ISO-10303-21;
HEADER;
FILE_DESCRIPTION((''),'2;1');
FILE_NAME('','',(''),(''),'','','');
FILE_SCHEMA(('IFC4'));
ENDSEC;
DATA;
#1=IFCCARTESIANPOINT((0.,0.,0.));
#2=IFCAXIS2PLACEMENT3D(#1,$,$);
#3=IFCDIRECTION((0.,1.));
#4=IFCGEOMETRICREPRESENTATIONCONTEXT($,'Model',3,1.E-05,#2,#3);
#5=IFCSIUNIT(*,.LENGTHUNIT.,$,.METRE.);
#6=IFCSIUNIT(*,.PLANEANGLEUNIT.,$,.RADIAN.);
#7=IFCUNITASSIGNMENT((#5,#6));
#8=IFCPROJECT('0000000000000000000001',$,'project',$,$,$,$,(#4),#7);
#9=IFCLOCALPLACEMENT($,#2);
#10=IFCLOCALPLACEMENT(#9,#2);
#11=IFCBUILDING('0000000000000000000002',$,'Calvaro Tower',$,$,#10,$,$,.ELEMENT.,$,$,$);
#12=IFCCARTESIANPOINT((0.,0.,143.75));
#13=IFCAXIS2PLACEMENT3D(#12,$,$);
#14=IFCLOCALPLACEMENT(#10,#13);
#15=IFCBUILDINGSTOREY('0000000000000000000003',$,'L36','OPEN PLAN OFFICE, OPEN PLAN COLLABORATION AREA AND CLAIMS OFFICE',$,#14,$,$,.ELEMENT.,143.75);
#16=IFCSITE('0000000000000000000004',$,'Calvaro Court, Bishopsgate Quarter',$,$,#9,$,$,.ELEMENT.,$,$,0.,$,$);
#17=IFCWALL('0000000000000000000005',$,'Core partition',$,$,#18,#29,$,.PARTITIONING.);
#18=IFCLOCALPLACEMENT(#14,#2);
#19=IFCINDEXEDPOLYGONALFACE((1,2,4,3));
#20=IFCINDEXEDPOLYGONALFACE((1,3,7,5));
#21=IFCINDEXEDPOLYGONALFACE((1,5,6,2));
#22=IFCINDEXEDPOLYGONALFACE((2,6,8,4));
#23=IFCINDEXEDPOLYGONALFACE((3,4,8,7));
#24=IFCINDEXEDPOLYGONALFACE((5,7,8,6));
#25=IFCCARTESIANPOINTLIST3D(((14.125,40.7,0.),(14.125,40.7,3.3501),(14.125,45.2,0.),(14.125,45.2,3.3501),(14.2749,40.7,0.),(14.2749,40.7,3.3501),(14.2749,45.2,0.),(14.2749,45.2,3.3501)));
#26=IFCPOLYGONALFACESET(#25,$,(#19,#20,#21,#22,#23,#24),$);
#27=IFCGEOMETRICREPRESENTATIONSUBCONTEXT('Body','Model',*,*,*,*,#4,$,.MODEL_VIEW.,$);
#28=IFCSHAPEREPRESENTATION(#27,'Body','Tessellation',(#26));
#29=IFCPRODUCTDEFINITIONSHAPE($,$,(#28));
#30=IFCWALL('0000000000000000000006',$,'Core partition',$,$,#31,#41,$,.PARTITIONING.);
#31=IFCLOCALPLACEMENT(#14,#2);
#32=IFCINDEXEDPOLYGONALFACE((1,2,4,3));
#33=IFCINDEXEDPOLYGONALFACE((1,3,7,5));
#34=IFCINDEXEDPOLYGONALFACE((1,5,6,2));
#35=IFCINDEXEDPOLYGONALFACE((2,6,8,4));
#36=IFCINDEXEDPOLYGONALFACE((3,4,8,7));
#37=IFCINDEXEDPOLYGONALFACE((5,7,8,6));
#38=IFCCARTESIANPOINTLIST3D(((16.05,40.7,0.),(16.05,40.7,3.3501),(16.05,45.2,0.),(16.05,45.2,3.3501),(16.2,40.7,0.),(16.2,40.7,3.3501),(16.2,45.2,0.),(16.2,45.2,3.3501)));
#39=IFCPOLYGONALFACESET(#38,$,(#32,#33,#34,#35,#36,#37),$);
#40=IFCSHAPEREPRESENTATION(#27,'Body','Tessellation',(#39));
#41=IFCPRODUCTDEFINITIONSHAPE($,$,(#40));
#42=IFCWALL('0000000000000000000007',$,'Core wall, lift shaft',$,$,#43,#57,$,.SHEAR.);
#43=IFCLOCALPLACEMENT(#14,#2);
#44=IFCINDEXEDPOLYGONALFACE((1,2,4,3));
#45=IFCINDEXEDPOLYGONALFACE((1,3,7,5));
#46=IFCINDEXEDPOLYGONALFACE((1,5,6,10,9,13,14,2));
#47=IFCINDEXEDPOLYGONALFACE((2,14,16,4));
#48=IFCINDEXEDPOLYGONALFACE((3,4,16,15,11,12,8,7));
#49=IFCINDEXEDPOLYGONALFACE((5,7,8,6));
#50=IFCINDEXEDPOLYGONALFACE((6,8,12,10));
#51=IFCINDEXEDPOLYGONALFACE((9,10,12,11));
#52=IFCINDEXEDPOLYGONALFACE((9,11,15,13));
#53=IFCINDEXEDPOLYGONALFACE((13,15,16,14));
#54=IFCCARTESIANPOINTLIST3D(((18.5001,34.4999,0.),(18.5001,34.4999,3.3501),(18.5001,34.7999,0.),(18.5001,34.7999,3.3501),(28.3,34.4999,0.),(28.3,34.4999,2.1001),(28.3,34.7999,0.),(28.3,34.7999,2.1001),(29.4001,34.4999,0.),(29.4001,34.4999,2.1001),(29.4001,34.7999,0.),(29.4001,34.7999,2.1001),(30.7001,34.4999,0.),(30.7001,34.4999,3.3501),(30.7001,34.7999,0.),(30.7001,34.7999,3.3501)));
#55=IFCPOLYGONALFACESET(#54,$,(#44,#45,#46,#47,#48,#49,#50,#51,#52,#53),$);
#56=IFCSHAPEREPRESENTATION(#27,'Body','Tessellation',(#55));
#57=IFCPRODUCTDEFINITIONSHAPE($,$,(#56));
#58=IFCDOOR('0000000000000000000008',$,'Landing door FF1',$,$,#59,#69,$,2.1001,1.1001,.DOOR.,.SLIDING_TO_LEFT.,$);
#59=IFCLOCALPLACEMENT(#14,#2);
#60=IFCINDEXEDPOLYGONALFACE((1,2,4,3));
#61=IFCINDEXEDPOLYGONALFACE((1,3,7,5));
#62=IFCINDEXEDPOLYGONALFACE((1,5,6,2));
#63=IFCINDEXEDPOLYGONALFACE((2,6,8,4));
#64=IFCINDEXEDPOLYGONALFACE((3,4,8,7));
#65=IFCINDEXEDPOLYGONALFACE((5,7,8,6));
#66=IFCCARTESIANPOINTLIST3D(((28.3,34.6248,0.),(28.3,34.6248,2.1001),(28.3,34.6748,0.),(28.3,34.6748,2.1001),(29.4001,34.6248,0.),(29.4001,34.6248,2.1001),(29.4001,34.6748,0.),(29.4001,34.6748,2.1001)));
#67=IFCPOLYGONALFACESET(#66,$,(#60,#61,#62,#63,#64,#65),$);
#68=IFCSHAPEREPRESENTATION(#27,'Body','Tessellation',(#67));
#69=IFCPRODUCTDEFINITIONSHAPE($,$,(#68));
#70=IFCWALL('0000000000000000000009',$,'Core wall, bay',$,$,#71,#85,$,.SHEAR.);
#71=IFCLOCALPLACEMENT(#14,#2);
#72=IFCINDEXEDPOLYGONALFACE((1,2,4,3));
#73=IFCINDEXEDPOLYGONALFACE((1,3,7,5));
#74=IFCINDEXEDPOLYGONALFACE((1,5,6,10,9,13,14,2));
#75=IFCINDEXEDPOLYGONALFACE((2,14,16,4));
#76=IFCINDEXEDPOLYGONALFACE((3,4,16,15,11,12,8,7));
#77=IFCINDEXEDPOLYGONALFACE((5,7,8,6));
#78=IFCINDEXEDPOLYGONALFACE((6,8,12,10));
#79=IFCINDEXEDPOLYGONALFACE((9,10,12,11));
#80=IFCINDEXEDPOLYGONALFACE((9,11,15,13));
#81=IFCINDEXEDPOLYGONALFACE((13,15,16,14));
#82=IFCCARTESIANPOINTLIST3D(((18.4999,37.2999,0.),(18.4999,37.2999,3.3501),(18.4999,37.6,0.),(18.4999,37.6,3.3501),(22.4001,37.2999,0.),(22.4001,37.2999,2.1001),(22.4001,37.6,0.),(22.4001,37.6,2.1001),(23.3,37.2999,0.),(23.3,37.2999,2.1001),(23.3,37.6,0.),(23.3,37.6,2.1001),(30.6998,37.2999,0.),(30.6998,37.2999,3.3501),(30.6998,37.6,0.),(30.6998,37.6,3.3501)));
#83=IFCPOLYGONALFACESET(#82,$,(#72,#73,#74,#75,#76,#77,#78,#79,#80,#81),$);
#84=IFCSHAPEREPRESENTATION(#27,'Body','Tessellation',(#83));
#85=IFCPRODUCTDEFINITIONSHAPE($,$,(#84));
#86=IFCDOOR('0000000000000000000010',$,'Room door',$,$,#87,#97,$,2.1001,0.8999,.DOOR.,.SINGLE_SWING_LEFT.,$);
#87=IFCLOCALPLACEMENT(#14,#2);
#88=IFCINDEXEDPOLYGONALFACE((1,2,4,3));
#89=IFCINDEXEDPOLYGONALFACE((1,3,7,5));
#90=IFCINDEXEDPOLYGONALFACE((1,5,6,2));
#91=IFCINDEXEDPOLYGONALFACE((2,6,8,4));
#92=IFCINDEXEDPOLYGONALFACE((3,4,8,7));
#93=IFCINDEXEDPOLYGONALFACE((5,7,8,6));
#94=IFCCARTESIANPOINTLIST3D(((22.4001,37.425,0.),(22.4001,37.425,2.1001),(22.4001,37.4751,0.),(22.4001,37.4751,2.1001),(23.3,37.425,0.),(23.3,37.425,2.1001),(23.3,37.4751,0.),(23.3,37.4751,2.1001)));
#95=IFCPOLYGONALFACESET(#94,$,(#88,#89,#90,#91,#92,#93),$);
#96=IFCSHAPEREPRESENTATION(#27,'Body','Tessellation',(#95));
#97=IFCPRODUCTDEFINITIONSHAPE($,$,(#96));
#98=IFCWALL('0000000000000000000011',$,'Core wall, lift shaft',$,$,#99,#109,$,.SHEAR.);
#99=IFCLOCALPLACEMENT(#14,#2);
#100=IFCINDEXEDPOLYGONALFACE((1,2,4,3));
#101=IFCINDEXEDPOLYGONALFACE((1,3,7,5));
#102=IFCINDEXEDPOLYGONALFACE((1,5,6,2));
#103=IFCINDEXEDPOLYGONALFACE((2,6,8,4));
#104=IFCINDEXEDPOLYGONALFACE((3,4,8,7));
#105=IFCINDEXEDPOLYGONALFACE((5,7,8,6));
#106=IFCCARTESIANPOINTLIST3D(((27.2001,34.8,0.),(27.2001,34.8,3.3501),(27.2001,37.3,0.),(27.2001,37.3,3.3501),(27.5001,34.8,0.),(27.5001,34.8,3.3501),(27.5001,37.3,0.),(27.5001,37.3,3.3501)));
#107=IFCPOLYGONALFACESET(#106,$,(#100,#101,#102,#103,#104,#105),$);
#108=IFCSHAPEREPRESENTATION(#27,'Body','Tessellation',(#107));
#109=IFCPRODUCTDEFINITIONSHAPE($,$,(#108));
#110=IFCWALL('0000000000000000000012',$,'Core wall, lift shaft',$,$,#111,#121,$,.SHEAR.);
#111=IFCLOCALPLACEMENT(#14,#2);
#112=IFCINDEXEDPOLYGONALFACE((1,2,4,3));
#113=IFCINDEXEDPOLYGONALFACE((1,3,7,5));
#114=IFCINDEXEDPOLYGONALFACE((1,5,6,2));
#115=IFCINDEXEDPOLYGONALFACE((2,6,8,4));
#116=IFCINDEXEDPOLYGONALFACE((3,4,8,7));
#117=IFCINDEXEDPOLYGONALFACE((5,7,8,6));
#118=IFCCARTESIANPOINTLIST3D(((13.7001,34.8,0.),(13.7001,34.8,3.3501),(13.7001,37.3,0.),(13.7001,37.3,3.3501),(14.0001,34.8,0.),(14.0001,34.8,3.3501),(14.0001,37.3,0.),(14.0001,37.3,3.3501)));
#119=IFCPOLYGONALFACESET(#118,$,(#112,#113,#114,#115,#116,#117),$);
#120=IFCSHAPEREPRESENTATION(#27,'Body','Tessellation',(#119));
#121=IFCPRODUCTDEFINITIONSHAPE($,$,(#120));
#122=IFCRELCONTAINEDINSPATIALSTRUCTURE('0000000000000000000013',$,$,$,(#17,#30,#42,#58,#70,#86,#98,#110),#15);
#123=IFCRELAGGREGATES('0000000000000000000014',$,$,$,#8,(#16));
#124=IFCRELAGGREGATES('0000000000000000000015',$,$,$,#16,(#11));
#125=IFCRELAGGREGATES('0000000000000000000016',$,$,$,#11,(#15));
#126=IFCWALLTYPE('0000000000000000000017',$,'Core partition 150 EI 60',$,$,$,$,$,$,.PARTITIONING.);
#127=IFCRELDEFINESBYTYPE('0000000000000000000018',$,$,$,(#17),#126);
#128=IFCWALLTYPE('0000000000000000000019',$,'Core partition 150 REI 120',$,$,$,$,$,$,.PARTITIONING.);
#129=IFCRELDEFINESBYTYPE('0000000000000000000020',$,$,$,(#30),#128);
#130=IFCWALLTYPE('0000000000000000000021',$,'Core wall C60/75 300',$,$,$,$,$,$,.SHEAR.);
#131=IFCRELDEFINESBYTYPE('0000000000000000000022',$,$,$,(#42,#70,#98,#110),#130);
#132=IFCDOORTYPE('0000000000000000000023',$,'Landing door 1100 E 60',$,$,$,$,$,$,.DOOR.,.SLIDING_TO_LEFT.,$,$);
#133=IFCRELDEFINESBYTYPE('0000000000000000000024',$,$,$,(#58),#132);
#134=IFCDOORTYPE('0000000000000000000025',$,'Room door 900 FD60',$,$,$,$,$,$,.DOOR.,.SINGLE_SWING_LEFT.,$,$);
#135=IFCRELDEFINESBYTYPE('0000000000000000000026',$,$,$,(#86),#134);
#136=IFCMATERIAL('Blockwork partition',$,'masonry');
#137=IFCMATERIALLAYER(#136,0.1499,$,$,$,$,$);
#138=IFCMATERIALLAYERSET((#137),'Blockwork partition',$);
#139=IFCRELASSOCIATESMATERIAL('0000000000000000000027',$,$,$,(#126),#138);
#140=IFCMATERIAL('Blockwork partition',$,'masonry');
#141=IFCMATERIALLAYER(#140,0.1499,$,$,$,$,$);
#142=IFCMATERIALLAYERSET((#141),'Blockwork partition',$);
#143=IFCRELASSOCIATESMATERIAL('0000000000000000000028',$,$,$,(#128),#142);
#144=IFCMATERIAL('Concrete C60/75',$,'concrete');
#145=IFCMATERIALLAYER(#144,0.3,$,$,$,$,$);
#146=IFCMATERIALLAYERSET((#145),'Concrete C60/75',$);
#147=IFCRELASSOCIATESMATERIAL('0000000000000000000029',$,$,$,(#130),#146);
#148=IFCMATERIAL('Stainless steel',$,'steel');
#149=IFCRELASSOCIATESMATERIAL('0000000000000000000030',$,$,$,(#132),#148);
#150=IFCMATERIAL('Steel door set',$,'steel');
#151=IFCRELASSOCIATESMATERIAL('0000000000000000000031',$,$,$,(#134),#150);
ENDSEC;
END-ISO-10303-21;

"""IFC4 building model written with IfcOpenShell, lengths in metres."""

from ifc_helpers import new_model, si_unit, direction, frame, frame_2d, origin, place, context, subcontext, project, spatial, rectangle, extrude, material, layer, layer_set, type_object, element, fill, save


model = new_model("IFC4")

# Units and contexts
model_context = context("Model", 3, precision=1e-05, world=origin(), true_north=direction((0.0, 1.0)))
body_context = subcontext(model_context, "Body", "Model", "MODEL_VIEW")
ifc_project = project(units=[si_unit("LENGTHUNIT", "METRE"), si_unit("PLANEANGLEUNIT", "RADIAN")], contexts=[model_context])

# Site, building, storey
site_placement = place(None, origin())
site = spatial("IfcSite", under=ifc_project, at=site_placement, Name="Calvaro Court, Bishopsgate Quarter", CompositionType="ELEMENT", RefElevation=0.0)
building_placement = place(site_placement, origin())
building = spatial("IfcBuilding", under=site, at=building_placement, Name="Calvaro Tower", CompositionType="ELEMENT")
storey_placement = place(building_placement, frame((0.0, 0.0, 143.75)))
storey = spatial("IfcBuildingStorey", under=building, at=storey_placement, Name="L36", Description="OPEN PLAN OFFICE, OPEN PLAN COLLABORATION AREA AND CLAIMS OFFICE", CompositionType="ELEMENT", Elevation=143.75)

# Walls
ifc_material_1 = material(Name="Blockwork partition", Category="masonry")
ifc_layer_1 = layer(ifc_material_1, 0.1499)
ifc_layer_set_1 = layer_set([ifc_layer_1], Name="Blockwork partition")
wall_type_1 = type_object("IfcWallType", Name="Core partition 150 EI 60", PredefinedType="PARTITIONING", material=ifc_layer_set_1)
wall_1_placement = place(storey_placement, frame((14.2, 40.7, 0.0), z_axis=(0.0, 0.0, 1.0), x_axis=(0.0, 1.0, 0.0)))
element("IfcWall", 1, at=wall_1_placement, inside=storey, type_object=wall_type_1, Name="Core partition", PredefinedType="PARTITIONING", context=body_context, shape_type="SweptSolid", body=[
    extrude(rectangle(XDim=4.5, YDim=0.1499, at=frame_2d((2.25, 0.0))), origin(), (0.0, 0.0, 1.0), 3.3501),
])
ifc_material_2 = material(Name="Blockwork partition", Category="masonry")
ifc_layer_2 = layer(ifc_material_2, 0.1499)
ifc_layer_set_2 = layer_set([ifc_layer_2], Name="Blockwork partition")
wall_type_2 = type_object("IfcWallType", Name="Core partition 150 REI 120", PredefinedType="PARTITIONING", material=ifc_layer_set_2)
wall_2_placement = place(storey_placement, frame((16.125, 40.7, 0.0), z_axis=(0.0, 0.0, 1.0), x_axis=(0.0, 1.0, 0.0)))
element("IfcWall", 2, at=wall_2_placement, inside=storey, type_object=wall_type_2, Name="Core partition", PredefinedType="PARTITIONING", context=body_context, shape_type="SweptSolid", body=[
    extrude(rectangle(XDim=4.5, YDim=0.1499, at=frame_2d((2.25, 0.0))), origin(), (0.0, 0.0, 1.0), 3.3501),
])

# Walls, openings, doors
ifc_material_3 = material(Name="Concrete C60/75", Category="concrete")
ifc_layer_3 = layer(ifc_material_3, 0.3)
ifc_layer_set_3 = layer_set([ifc_layer_3], Name="Concrete C60/75")
wall_type_3 = type_object("IfcWallType", Name="Core wall C60/75 300", PredefinedType="SHEAR", material=ifc_layer_set_3)
wall_3_placement = place(storey_placement, frame((18.5, 34.6499, 0.0), z_axis=(0.0, 0.0, 1.0), x_axis=(1.0, 0.0, 0.0)))
wall_3 = element("IfcWall", 3, at=wall_3_placement, inside=storey, type_object=wall_type_3, Name="Core wall, lift shaft", PredefinedType="SHEAR", context=body_context, shape_type="SweptSolid", body=[
    extrude(rectangle(XDim=12.2, YDim=0.3, at=frame_2d((6.1001, 0.0))), origin(), (0.0, 0.0, 1.0), 3.3501),
])
opening_1_placement = place(wall_3_placement, frame((9.8, 0.0, 0.0)))
opening_1 = element("IfcOpeningElement", 4, at=opening_1_placement, cuts=wall_3, PredefinedType="OPENING", context=body_context, shape_type="SweptSolid", body=[
    extrude(rectangle(XDim=1.1001, YDim=2.1001, at=frame_2d((0.55, 1.05))), frame((0.0, 0.1599, 0.0), z_axis=(0.0, -1.0, 0.0), x_axis=(1.0, 0.0, 0.0)), (0.0, 0.0, 1.0), 0.3201),
])
ifc_material_4 = material(Name="Stainless steel", Category="steel")
door_type_1 = type_object("IfcDoorType", Name="Landing door 1100 E 60", OperationType="SLIDING_TO_LEFT", PredefinedType="DOOR", material=ifc_material_4)
door_1_placement = place(opening_1_placement, origin())
door_1 = element("IfcDoor", 5, at=door_1_placement, inside=storey, type_object=door_type_1, Name="Landing door FF1", OperationType="SLIDING_TO_LEFT", OverallHeight=2.1001, OverallWidth=1.1001, PredefinedType="DOOR", context=body_context, shape_type="SweptSolid", body=[
    extrude(rectangle(XDim=1.1001, YDim=2.1001, at=frame_2d((0.55, 1.05))), frame((0.0, 0.0249, 0.0), z_axis=(0.0, -1.0, 0.0), x_axis=(1.0, 0.0, 0.0)), (0.0, 0.0, 1.0), 0.05),
])
fill(opening_1, door_1)
wall_4_placement = place(storey_placement, frame((30.7, 37.45, 0.0), z_axis=(0.0, 0.0, 1.0), x_axis=(-1.0, 0.0, 0.0)))
wall_4 = element("IfcWall", 6, at=wall_4_placement, inside=storey, type_object=wall_type_3, Name="Core wall, bay", PredefinedType="SHEAR", context=body_context, shape_type="SweptSolid", body=[
    extrude(rectangle(XDim=12.2, YDim=0.3, at=frame_2d((6.1001, 0.0))), origin(), (0.0, 0.0, 1.0), 3.3501),
])
opening_2_placement = place(wall_4_placement, frame((7.3999, 0.0, 0.0)))
opening_2 = element("IfcOpeningElement", 7, at=opening_2_placement, cuts=wall_4, PredefinedType="OPENING", context=body_context, shape_type="SweptSolid", body=[
    extrude(rectangle(XDim=0.8999, YDim=2.1001, at=frame_2d((0.45, 1.05))), frame((0.0, 0.1599, 0.0), z_axis=(0.0, -1.0, 0.0), x_axis=(1.0, 0.0, 0.0)), (0.0, 0.0, 1.0), 0.3201),
])
ifc_material_5 = material(Name="Steel door set", Category="steel")
door_type_2 = type_object("IfcDoorType", Name="Room door 900 FD60", OperationType="SINGLE_SWING_LEFT", PredefinedType="DOOR", material=ifc_material_5)
door_2_placement = place(opening_2_placement, origin())
door_2 = element("IfcDoor", 8, at=door_2_placement, inside=storey, type_object=door_type_2, Name="Room door", OperationType="SINGLE_SWING_LEFT", OverallHeight=2.1001, OverallWidth=0.8999, PredefinedType="DOOR", context=body_context, shape_type="SweptSolid", body=[
    extrude(rectangle(XDim=0.8999, YDim=2.1001, at=frame_2d((0.45, 1.05))), frame((0.0, 0.0249, 0.0), z_axis=(0.0, -1.0, 0.0), x_axis=(1.0, 0.0, 0.0)), (0.0, 0.0, 1.0), 0.05),
])
fill(opening_2, door_2)

# Walls
for number, where, z_axis, x_axis, name in (
    (9, (27.3501, 34.8, 0.0), (0.0, 0.0, 1.0), (0.0, 1.0, 0.0), "Core wall, lift shaft"),
    (10, (13.8501, 34.8, 0.0), (0.0, 0.0, 1.0), (0.0, 1.0, 0.0), "Core wall, lift shaft"),
):
    element("IfcWall", number, at=place(storey_placement, frame(where, z_axis=z_axis, x_axis=x_axis)), inside=storey, type_object=wall_type_3, Name=name, PredefinedType="SHEAR", context=body_context, shape_type="SweptSolid", body=[
        extrude(rectangle(XDim=2.5, YDim=0.3, at=frame_2d((1.25, 0.0))), origin(), (0.0, 0.0, 1.0), 3.3501),
    ])

save(model, "model.ifc")
